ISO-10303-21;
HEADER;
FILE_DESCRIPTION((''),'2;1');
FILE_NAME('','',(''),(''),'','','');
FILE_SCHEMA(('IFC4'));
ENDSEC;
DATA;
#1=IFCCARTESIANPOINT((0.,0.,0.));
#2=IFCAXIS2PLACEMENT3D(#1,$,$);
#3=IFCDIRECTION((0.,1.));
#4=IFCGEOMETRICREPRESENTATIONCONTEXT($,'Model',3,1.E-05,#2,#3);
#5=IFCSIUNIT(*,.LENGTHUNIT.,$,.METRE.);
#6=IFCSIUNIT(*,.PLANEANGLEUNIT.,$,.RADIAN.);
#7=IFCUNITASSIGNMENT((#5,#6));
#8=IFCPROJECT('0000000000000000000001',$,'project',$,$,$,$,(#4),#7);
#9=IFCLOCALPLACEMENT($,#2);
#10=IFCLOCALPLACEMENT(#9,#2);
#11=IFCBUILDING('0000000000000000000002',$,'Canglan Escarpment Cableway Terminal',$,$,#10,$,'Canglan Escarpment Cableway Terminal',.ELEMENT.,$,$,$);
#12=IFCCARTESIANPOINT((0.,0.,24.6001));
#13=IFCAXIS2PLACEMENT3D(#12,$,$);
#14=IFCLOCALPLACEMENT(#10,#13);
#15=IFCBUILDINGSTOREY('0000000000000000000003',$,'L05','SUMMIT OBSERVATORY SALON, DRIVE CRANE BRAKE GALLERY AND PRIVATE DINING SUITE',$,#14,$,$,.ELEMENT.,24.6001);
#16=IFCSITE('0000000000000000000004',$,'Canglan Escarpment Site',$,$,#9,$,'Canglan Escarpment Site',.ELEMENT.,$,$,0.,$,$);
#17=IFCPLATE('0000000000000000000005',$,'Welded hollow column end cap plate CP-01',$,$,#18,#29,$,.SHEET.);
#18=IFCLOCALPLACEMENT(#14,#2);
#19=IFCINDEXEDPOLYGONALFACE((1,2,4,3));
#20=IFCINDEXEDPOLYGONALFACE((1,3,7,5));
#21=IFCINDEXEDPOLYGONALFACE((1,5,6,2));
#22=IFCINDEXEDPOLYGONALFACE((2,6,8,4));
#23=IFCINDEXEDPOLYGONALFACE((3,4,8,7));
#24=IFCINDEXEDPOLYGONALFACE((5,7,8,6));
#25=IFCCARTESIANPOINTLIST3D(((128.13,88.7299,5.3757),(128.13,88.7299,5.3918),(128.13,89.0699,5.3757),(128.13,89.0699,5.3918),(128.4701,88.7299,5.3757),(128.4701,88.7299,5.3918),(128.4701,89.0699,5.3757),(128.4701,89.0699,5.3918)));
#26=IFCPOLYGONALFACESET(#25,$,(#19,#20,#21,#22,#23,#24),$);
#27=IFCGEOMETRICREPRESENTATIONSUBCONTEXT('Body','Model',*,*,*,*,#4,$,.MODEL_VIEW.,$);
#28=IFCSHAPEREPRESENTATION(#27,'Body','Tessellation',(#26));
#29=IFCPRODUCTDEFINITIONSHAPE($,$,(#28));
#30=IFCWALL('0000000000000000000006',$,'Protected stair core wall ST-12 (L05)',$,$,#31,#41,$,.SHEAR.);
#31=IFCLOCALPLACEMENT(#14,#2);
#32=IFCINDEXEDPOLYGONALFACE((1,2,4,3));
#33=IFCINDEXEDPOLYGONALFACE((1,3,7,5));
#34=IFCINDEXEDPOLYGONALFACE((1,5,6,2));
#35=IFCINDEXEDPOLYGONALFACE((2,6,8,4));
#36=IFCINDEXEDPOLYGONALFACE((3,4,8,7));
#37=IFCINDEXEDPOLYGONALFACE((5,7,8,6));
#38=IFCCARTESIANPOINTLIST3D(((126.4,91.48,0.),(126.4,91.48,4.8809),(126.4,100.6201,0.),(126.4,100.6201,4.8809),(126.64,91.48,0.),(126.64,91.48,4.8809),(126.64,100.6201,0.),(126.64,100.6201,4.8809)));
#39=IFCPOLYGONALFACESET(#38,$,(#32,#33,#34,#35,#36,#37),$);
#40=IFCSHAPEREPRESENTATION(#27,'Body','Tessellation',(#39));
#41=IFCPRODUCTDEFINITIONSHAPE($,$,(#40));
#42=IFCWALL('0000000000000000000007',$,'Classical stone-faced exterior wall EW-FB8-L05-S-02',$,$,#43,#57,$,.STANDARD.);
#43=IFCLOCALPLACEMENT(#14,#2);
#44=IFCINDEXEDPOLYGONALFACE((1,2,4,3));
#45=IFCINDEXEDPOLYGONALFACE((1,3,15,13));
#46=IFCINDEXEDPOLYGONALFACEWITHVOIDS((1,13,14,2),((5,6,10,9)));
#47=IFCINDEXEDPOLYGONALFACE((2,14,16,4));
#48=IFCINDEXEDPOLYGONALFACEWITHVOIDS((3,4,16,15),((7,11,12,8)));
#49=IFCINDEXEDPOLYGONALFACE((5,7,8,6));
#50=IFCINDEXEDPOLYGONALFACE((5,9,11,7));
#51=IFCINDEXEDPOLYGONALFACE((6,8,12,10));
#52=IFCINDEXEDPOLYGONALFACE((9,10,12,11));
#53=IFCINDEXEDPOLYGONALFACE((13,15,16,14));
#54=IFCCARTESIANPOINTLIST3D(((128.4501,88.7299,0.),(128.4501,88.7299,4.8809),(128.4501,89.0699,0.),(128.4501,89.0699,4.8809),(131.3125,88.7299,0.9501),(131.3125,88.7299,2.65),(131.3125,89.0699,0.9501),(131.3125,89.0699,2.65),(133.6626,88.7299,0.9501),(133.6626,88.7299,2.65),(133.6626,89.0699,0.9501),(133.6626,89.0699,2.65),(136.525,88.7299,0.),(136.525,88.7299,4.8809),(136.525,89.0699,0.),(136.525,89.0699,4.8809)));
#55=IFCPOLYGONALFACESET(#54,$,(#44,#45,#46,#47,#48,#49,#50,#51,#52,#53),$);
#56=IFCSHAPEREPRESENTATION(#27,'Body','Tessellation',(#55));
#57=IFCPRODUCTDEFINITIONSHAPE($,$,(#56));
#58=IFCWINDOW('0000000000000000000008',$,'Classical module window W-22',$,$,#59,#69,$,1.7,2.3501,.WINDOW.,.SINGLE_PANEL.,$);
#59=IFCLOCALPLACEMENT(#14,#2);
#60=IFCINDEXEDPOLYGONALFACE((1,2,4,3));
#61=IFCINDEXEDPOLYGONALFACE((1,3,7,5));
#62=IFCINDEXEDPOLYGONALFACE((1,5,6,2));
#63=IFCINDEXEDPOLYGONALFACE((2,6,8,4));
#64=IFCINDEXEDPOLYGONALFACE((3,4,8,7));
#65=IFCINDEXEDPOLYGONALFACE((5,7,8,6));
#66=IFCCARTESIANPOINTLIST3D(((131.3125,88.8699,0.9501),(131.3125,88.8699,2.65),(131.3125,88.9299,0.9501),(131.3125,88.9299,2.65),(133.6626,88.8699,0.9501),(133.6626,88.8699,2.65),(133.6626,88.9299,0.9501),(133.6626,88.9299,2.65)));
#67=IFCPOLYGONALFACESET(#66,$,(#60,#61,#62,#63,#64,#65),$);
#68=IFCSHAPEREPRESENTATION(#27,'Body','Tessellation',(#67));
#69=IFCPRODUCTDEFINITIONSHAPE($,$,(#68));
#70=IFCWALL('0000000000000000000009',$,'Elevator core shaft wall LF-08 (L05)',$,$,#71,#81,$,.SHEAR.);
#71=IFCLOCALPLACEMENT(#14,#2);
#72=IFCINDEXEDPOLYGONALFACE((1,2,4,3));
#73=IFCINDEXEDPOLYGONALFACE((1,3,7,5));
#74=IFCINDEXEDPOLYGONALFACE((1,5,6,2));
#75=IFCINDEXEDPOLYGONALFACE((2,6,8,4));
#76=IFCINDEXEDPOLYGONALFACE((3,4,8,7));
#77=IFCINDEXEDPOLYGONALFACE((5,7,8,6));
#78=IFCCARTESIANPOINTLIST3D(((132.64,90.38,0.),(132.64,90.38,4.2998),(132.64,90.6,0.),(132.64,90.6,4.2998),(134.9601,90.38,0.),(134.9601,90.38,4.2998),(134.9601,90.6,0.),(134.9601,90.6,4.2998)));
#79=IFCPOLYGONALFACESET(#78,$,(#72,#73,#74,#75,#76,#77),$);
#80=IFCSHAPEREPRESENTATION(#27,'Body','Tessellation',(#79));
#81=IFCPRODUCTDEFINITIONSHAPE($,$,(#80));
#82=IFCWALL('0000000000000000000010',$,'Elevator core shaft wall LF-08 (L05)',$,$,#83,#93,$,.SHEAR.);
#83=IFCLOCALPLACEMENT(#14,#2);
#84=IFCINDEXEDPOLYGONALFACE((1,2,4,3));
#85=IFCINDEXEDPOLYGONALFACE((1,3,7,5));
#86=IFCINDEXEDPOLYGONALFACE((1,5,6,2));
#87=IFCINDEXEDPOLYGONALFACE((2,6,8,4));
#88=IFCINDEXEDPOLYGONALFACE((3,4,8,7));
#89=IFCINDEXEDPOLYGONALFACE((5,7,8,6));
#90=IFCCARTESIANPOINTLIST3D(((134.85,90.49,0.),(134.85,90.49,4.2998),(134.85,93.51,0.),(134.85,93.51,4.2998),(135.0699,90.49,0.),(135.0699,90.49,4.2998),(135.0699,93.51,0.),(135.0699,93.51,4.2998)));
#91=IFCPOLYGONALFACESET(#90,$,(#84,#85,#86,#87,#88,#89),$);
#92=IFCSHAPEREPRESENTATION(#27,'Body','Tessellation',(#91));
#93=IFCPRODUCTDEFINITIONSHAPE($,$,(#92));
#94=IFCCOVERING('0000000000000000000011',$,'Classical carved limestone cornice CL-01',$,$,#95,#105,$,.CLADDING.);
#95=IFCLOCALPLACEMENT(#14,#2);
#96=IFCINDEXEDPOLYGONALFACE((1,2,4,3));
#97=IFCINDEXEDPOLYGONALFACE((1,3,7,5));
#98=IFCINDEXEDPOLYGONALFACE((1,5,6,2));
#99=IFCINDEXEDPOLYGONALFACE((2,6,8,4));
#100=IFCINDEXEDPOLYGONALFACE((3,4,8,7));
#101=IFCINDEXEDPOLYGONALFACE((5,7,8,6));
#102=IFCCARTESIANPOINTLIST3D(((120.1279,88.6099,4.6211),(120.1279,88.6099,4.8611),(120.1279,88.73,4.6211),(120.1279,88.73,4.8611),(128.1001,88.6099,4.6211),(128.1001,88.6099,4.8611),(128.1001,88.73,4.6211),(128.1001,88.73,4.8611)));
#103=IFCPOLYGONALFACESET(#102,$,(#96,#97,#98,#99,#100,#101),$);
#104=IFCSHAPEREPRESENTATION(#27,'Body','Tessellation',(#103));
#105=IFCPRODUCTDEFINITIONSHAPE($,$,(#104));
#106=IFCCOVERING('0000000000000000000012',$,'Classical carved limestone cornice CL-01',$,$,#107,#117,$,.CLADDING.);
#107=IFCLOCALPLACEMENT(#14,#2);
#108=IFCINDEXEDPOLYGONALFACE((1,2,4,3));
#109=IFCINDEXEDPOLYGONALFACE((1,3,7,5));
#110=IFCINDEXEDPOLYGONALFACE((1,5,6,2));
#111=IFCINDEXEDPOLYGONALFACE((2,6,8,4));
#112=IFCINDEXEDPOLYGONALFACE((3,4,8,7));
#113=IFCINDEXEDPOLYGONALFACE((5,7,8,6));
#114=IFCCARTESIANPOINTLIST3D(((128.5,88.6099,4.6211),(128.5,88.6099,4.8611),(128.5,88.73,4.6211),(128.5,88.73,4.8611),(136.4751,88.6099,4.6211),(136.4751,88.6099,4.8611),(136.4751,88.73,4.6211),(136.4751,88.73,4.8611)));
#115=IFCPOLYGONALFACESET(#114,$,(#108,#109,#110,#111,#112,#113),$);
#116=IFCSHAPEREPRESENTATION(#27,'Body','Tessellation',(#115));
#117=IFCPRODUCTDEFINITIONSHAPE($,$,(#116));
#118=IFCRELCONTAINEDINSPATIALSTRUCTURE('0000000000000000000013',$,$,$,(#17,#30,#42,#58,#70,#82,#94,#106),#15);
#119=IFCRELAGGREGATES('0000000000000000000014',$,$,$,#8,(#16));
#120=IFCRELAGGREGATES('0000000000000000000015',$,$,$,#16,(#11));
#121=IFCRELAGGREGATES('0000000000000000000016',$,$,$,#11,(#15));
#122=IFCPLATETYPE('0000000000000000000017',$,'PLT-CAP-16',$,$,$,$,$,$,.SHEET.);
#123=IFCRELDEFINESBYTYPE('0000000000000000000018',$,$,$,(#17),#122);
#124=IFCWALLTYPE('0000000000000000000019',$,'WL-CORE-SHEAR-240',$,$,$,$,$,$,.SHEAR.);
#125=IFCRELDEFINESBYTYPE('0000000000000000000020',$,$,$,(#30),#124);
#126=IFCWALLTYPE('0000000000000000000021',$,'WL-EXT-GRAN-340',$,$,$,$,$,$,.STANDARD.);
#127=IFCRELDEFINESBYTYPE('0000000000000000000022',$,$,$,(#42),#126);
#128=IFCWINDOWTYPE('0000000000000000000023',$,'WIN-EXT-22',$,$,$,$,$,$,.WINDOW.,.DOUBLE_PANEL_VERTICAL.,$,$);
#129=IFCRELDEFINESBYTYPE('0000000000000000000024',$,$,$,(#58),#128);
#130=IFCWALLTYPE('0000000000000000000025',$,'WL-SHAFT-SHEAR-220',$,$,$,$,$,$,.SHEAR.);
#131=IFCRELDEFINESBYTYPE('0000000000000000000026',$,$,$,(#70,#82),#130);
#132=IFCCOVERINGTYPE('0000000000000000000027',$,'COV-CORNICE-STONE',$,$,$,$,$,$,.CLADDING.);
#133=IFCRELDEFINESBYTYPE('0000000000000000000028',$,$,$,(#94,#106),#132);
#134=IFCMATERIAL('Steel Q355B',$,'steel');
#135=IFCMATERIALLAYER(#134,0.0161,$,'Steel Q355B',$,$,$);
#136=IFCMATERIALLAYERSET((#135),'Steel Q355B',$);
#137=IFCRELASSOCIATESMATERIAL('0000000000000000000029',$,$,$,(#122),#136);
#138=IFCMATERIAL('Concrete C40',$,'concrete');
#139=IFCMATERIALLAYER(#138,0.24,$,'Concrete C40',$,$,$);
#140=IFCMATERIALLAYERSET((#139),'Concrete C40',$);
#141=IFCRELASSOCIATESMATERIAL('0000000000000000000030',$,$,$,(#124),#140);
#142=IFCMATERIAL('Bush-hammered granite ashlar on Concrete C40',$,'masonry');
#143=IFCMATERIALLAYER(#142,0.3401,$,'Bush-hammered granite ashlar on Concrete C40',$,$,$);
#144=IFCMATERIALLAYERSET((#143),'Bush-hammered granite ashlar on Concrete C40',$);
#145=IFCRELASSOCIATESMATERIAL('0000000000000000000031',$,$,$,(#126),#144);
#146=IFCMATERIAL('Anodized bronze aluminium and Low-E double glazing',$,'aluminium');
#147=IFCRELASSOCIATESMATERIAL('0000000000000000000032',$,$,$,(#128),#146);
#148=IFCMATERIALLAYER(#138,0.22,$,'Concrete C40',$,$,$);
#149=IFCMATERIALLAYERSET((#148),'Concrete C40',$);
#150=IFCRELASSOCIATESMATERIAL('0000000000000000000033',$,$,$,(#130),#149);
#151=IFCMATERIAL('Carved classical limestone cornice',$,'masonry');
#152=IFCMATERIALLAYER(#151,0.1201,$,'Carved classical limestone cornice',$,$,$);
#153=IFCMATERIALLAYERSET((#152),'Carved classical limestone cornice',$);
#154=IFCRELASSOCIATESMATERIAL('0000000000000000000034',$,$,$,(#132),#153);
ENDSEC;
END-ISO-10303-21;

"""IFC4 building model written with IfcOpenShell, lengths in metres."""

from ifc_helpers import new_model, si_unit, direction, frame, frame_2d, origin, origin_2d, place, context, subcontext, project, spatial, rectangle, extrude, material, layer, layer_set, type_object, element, fill, save


model = new_model("IFC4")

# Units and contexts
model_context = context("Model", 3, precision=1e-05, world=origin(), true_north=direction((0.0, 1.0)))
body_context = subcontext(model_context, "Body", "Model", "MODEL_VIEW")
ifc_project = project(units=[si_unit("LENGTHUNIT", "METRE"), si_unit("PLANEANGLEUNIT", "RADIAN")], contexts=[model_context])

# Site, building, storey
site_placement = place(None, origin())
site = spatial("IfcSite", under=ifc_project, at=site_placement, Name="Canglan Escarpment Site", LongName="Canglan Escarpment Site", CompositionType="ELEMENT", RefElevation=0.0)
building_placement = place(site_placement, origin())
building = spatial("IfcBuilding", under=site, at=building_placement, Name="Canglan Escarpment Cableway Terminal", LongName="Canglan Escarpment Cableway Terminal", CompositionType="ELEMENT")
storey_placement = place(building_placement, frame((0.0, 0.0, 24.6001)))
storey = spatial("IfcBuildingStorey", under=building, at=storey_placement, Name="L05", Description="SUMMIT OBSERVATORY SALON, DRIVE CRANE BRAKE GALLERY AND PRIVATE DINING SUITE", CompositionType="ELEMENT", Elevation=24.6001)

# Shared definitions
ifc_material_1 = material(Name="Steel Q355B", Category="steel")

# Shared definitions
ifc_material_2 = material(Name="Anodized bronze aluminium and Low-E double glazing", Category="aluminium")

# Plate
ifc_layer_1 = layer(ifc_material_1, 0.0161, Name="Steel Q355B")
ifc_layer_set_1 = layer_set([ifc_layer_1], Name="Steel Q355B")
plate_type_1 = type_object("IfcPlateType", Name="PLT-CAP-16", PredefinedType="SHEET", material=ifc_layer_set_1)
plate_1_placement = place(storey_placement, frame((128.3, 88.8999, 5.3757), z_axis=(0.0, 0.0, 1.0), x_axis=(1.0, 0.0, 0.0)))
element("IfcPlate", 1, at=plate_1_placement, inside=storey, type_object=plate_type_1, Name="Welded hollow column end cap plate CP-01", PredefinedType="SHEET", context=body_context, shape_type="SweptSolid", body=[
    extrude(rectangle(XDim=0.3401, YDim=0.3401, at=origin_2d()), origin(), (0.0, 0.0, 1.0), 0.0161),
])

# Wall
ifc_material_3 = material(Name="Concrete C40", Category="concrete")
ifc_layer_2 = layer(ifc_material_3, 0.24, Name="Concrete C40")
ifc_layer_set_2 = layer_set([ifc_layer_2], Name="Concrete C40")
wall_type_1 = type_object("IfcWallType", Name="WL-CORE-SHEAR-240", PredefinedType="SHEAR", material=ifc_layer_set_2)
wall_1_placement = place(storey_placement, frame((126.52, 91.48, 0.0), z_axis=(0.0, 0.0, 1.0), x_axis=(0.0, 1.0, 0.0)))
element("IfcWall", 2, at=wall_1_placement, inside=storey, type_object=wall_type_1, Name="Protected stair core wall ST-12 (L05)", PredefinedType="SHEAR", context=body_context, shape_type="SweptSolid", body=[
    extrude(rectangle(XDim=9.1401, YDim=0.24, at=frame_2d((4.5701, 0.0))), origin(), (0.0, 0.0, 1.0), 4.8809),
])

# Wall, opening, window
ifc_material_4 = material(Name="Bush-hammered granite ashlar on Concrete C40", Category="masonry")
ifc_layer_3 = layer(ifc_material_4, 0.3401, Name="Bush-hammered granite ashlar on Concrete C40")
ifc_layer_set_3 = layer_set([ifc_layer_3], Name="Bush-hammered granite ashlar on Concrete C40")
wall_type_2 = type_object("IfcWallType", Name="WL-EXT-GRAN-340", PredefinedType="STANDARD", material=ifc_layer_set_3)
wall_2_placement = place(storey_placement, frame((128.45, 88.8999, 0.0), z_axis=(0.0, 0.0, 1.0), x_axis=(1.0, 0.0, 0.0)))
wall_2 = element("IfcWall", 3, at=wall_2_placement, inside=storey, type_object=wall_type_2, Name="Classical stone-faced exterior wall EW-FB8-L05-S-02", PredefinedType="STANDARD", context=body_context, shape_type="SweptSolid", body=[
    extrude(rectangle(XDim=8.075, YDim=0.3401, at=frame_2d((4.0376, 0.0))), origin(), (0.0, 0.0, 1.0), 4.8809),
])
opening_placement = place(wall_2_placement, frame((2.8625, 0.0, 0.95)))
opening = element("IfcOpeningElement", 4, at=opening_placement, cuts=wall_2, PredefinedType="OPENING", context=body_context, shape_type="SweptSolid", body=[
    extrude(rectangle(XDim=2.3501, YDim=1.7, at=frame_2d((1.175, 0.8501))), frame((0.0, 0.1802, 0.0), z_axis=(0.0, -1.0, 0.0), x_axis=(1.0, 0.0, 0.0)), (0.0, 0.0, 1.0), 0.3601),
])
window_type = type_object("IfcWindowType", Name="WIN-EXT-22", PartitioningType="DOUBLE_PANEL_VERTICAL", PredefinedType="WINDOW", material=ifc_material_2)
window_placement = place(opening_placement, origin())
window = element("IfcWindow", 5, at=window_placement, inside=storey, type_object=window_type, Name="Classical module window W-22", OverallHeight=1.7, OverallWidth=2.3501, PartitioningType="SINGLE_PANEL", PredefinedType="WINDOW", context=body_context, shape_type="SweptSolid", body=[
    extrude(rectangle(XDim=2.3501, YDim=1.7, at=frame_2d((1.175, 0.8501))), frame((0.0, 0.03, 0.0), z_axis=(0.0, -1.0, 0.0), x_axis=(1.0, 0.0, 0.0)), (0.0, 0.0, 1.0), 0.0601),
])
fill(opening, window)

# Walls
ifc_layer_4 = layer(ifc_material_3, 0.22, Name="Concrete C40")
ifc_layer_set_4 = layer_set([ifc_layer_4], Name="Concrete C40")
wall_type_3 = type_object("IfcWallType", Name="WL-SHAFT-SHEAR-220", PredefinedType="SHEAR", material=ifc_layer_set_4)
wall_3_placement = place(storey_placement, frame((132.6399, 90.49, 0.0), z_axis=(0.0, 0.0, 1.0), x_axis=(1.0, 0.0, 0.0)))
element("IfcWall", 6, at=wall_3_placement, inside=storey, type_object=wall_type_3, Name="Elevator core shaft wall LF-08 (L05)", PredefinedType="SHEAR", context=body_context, shape_type="SweptSolid", body=[
    extrude(rectangle(XDim=2.3201, YDim=0.22, at=frame_2d((1.1602, 0.0))), origin(), (0.0, 0.0, 1.0), 4.2998),
])
wall_4_placement = place(storey_placement, frame((134.96, 90.49, 0.0), z_axis=(0.0, 0.0, 1.0), x_axis=(0.0, 1.0, 0.0)))
element("IfcWall", 7, at=wall_4_placement, inside=storey, type_object=wall_type_3, Name="Elevator core shaft wall LF-08 (L05)", PredefinedType="SHEAR", context=body_context, shape_type="SweptSolid", body=[
    extrude(rectangle(XDim=3.02, YDim=0.22, at=frame_2d((1.51, 0.0))), origin(), (0.0, 0.0, 1.0), 4.2998),
])

# Coverings
ifc_material_5 = material(Name="Carved classical limestone cornice", Category="masonry")
ifc_layer_5 = layer(ifc_material_5, 0.1201, Name="Carved classical limestone cornice")
ifc_layer_set_5 = layer_set([ifc_layer_5], Name="Carved classical limestone cornice")
covering_type = type_object("IfcCoveringType", Name="COV-CORNICE-STONE", PredefinedType="CLADDING", material=ifc_layer_set_5)
covering_1_placement = place(storey_placement, frame((124.114, 88.6699, 4.6211), z_axis=(0.0, 0.0, 1.0), x_axis=(1.0, 0.0, 0.0)))
element("IfcCovering", 8, at=covering_1_placement, inside=storey, type_object=covering_type, Name="Classical carved limestone cornice CL-01", PredefinedType="CLADDING", context=body_context, shape_type="SweptSolid", body=[
    extrude(rectangle(XDim=7.9722, YDim=0.1201, at=origin_2d()), origin(), (0.0, 0.0, 1.0), 0.24),
])
covering_2_placement = place(storey_placement, frame((132.4875, 88.6699, 4.6211), z_axis=(0.0, 0.0, 1.0), x_axis=(1.0, 0.0, 0.0)))
element("IfcCovering", 9, at=covering_2_placement, inside=storey, type_object=covering_type, Name="Classical carved limestone cornice CL-01", PredefinedType="CLADDING", context=body_context, shape_type="SweptSolid", body=[
    extrude(rectangle(XDim=7.9751, YDim=0.1201, at=origin_2d()), origin(), (0.0, 0.0, 1.0), 0.24),
])

save(model, "model.ifc")
